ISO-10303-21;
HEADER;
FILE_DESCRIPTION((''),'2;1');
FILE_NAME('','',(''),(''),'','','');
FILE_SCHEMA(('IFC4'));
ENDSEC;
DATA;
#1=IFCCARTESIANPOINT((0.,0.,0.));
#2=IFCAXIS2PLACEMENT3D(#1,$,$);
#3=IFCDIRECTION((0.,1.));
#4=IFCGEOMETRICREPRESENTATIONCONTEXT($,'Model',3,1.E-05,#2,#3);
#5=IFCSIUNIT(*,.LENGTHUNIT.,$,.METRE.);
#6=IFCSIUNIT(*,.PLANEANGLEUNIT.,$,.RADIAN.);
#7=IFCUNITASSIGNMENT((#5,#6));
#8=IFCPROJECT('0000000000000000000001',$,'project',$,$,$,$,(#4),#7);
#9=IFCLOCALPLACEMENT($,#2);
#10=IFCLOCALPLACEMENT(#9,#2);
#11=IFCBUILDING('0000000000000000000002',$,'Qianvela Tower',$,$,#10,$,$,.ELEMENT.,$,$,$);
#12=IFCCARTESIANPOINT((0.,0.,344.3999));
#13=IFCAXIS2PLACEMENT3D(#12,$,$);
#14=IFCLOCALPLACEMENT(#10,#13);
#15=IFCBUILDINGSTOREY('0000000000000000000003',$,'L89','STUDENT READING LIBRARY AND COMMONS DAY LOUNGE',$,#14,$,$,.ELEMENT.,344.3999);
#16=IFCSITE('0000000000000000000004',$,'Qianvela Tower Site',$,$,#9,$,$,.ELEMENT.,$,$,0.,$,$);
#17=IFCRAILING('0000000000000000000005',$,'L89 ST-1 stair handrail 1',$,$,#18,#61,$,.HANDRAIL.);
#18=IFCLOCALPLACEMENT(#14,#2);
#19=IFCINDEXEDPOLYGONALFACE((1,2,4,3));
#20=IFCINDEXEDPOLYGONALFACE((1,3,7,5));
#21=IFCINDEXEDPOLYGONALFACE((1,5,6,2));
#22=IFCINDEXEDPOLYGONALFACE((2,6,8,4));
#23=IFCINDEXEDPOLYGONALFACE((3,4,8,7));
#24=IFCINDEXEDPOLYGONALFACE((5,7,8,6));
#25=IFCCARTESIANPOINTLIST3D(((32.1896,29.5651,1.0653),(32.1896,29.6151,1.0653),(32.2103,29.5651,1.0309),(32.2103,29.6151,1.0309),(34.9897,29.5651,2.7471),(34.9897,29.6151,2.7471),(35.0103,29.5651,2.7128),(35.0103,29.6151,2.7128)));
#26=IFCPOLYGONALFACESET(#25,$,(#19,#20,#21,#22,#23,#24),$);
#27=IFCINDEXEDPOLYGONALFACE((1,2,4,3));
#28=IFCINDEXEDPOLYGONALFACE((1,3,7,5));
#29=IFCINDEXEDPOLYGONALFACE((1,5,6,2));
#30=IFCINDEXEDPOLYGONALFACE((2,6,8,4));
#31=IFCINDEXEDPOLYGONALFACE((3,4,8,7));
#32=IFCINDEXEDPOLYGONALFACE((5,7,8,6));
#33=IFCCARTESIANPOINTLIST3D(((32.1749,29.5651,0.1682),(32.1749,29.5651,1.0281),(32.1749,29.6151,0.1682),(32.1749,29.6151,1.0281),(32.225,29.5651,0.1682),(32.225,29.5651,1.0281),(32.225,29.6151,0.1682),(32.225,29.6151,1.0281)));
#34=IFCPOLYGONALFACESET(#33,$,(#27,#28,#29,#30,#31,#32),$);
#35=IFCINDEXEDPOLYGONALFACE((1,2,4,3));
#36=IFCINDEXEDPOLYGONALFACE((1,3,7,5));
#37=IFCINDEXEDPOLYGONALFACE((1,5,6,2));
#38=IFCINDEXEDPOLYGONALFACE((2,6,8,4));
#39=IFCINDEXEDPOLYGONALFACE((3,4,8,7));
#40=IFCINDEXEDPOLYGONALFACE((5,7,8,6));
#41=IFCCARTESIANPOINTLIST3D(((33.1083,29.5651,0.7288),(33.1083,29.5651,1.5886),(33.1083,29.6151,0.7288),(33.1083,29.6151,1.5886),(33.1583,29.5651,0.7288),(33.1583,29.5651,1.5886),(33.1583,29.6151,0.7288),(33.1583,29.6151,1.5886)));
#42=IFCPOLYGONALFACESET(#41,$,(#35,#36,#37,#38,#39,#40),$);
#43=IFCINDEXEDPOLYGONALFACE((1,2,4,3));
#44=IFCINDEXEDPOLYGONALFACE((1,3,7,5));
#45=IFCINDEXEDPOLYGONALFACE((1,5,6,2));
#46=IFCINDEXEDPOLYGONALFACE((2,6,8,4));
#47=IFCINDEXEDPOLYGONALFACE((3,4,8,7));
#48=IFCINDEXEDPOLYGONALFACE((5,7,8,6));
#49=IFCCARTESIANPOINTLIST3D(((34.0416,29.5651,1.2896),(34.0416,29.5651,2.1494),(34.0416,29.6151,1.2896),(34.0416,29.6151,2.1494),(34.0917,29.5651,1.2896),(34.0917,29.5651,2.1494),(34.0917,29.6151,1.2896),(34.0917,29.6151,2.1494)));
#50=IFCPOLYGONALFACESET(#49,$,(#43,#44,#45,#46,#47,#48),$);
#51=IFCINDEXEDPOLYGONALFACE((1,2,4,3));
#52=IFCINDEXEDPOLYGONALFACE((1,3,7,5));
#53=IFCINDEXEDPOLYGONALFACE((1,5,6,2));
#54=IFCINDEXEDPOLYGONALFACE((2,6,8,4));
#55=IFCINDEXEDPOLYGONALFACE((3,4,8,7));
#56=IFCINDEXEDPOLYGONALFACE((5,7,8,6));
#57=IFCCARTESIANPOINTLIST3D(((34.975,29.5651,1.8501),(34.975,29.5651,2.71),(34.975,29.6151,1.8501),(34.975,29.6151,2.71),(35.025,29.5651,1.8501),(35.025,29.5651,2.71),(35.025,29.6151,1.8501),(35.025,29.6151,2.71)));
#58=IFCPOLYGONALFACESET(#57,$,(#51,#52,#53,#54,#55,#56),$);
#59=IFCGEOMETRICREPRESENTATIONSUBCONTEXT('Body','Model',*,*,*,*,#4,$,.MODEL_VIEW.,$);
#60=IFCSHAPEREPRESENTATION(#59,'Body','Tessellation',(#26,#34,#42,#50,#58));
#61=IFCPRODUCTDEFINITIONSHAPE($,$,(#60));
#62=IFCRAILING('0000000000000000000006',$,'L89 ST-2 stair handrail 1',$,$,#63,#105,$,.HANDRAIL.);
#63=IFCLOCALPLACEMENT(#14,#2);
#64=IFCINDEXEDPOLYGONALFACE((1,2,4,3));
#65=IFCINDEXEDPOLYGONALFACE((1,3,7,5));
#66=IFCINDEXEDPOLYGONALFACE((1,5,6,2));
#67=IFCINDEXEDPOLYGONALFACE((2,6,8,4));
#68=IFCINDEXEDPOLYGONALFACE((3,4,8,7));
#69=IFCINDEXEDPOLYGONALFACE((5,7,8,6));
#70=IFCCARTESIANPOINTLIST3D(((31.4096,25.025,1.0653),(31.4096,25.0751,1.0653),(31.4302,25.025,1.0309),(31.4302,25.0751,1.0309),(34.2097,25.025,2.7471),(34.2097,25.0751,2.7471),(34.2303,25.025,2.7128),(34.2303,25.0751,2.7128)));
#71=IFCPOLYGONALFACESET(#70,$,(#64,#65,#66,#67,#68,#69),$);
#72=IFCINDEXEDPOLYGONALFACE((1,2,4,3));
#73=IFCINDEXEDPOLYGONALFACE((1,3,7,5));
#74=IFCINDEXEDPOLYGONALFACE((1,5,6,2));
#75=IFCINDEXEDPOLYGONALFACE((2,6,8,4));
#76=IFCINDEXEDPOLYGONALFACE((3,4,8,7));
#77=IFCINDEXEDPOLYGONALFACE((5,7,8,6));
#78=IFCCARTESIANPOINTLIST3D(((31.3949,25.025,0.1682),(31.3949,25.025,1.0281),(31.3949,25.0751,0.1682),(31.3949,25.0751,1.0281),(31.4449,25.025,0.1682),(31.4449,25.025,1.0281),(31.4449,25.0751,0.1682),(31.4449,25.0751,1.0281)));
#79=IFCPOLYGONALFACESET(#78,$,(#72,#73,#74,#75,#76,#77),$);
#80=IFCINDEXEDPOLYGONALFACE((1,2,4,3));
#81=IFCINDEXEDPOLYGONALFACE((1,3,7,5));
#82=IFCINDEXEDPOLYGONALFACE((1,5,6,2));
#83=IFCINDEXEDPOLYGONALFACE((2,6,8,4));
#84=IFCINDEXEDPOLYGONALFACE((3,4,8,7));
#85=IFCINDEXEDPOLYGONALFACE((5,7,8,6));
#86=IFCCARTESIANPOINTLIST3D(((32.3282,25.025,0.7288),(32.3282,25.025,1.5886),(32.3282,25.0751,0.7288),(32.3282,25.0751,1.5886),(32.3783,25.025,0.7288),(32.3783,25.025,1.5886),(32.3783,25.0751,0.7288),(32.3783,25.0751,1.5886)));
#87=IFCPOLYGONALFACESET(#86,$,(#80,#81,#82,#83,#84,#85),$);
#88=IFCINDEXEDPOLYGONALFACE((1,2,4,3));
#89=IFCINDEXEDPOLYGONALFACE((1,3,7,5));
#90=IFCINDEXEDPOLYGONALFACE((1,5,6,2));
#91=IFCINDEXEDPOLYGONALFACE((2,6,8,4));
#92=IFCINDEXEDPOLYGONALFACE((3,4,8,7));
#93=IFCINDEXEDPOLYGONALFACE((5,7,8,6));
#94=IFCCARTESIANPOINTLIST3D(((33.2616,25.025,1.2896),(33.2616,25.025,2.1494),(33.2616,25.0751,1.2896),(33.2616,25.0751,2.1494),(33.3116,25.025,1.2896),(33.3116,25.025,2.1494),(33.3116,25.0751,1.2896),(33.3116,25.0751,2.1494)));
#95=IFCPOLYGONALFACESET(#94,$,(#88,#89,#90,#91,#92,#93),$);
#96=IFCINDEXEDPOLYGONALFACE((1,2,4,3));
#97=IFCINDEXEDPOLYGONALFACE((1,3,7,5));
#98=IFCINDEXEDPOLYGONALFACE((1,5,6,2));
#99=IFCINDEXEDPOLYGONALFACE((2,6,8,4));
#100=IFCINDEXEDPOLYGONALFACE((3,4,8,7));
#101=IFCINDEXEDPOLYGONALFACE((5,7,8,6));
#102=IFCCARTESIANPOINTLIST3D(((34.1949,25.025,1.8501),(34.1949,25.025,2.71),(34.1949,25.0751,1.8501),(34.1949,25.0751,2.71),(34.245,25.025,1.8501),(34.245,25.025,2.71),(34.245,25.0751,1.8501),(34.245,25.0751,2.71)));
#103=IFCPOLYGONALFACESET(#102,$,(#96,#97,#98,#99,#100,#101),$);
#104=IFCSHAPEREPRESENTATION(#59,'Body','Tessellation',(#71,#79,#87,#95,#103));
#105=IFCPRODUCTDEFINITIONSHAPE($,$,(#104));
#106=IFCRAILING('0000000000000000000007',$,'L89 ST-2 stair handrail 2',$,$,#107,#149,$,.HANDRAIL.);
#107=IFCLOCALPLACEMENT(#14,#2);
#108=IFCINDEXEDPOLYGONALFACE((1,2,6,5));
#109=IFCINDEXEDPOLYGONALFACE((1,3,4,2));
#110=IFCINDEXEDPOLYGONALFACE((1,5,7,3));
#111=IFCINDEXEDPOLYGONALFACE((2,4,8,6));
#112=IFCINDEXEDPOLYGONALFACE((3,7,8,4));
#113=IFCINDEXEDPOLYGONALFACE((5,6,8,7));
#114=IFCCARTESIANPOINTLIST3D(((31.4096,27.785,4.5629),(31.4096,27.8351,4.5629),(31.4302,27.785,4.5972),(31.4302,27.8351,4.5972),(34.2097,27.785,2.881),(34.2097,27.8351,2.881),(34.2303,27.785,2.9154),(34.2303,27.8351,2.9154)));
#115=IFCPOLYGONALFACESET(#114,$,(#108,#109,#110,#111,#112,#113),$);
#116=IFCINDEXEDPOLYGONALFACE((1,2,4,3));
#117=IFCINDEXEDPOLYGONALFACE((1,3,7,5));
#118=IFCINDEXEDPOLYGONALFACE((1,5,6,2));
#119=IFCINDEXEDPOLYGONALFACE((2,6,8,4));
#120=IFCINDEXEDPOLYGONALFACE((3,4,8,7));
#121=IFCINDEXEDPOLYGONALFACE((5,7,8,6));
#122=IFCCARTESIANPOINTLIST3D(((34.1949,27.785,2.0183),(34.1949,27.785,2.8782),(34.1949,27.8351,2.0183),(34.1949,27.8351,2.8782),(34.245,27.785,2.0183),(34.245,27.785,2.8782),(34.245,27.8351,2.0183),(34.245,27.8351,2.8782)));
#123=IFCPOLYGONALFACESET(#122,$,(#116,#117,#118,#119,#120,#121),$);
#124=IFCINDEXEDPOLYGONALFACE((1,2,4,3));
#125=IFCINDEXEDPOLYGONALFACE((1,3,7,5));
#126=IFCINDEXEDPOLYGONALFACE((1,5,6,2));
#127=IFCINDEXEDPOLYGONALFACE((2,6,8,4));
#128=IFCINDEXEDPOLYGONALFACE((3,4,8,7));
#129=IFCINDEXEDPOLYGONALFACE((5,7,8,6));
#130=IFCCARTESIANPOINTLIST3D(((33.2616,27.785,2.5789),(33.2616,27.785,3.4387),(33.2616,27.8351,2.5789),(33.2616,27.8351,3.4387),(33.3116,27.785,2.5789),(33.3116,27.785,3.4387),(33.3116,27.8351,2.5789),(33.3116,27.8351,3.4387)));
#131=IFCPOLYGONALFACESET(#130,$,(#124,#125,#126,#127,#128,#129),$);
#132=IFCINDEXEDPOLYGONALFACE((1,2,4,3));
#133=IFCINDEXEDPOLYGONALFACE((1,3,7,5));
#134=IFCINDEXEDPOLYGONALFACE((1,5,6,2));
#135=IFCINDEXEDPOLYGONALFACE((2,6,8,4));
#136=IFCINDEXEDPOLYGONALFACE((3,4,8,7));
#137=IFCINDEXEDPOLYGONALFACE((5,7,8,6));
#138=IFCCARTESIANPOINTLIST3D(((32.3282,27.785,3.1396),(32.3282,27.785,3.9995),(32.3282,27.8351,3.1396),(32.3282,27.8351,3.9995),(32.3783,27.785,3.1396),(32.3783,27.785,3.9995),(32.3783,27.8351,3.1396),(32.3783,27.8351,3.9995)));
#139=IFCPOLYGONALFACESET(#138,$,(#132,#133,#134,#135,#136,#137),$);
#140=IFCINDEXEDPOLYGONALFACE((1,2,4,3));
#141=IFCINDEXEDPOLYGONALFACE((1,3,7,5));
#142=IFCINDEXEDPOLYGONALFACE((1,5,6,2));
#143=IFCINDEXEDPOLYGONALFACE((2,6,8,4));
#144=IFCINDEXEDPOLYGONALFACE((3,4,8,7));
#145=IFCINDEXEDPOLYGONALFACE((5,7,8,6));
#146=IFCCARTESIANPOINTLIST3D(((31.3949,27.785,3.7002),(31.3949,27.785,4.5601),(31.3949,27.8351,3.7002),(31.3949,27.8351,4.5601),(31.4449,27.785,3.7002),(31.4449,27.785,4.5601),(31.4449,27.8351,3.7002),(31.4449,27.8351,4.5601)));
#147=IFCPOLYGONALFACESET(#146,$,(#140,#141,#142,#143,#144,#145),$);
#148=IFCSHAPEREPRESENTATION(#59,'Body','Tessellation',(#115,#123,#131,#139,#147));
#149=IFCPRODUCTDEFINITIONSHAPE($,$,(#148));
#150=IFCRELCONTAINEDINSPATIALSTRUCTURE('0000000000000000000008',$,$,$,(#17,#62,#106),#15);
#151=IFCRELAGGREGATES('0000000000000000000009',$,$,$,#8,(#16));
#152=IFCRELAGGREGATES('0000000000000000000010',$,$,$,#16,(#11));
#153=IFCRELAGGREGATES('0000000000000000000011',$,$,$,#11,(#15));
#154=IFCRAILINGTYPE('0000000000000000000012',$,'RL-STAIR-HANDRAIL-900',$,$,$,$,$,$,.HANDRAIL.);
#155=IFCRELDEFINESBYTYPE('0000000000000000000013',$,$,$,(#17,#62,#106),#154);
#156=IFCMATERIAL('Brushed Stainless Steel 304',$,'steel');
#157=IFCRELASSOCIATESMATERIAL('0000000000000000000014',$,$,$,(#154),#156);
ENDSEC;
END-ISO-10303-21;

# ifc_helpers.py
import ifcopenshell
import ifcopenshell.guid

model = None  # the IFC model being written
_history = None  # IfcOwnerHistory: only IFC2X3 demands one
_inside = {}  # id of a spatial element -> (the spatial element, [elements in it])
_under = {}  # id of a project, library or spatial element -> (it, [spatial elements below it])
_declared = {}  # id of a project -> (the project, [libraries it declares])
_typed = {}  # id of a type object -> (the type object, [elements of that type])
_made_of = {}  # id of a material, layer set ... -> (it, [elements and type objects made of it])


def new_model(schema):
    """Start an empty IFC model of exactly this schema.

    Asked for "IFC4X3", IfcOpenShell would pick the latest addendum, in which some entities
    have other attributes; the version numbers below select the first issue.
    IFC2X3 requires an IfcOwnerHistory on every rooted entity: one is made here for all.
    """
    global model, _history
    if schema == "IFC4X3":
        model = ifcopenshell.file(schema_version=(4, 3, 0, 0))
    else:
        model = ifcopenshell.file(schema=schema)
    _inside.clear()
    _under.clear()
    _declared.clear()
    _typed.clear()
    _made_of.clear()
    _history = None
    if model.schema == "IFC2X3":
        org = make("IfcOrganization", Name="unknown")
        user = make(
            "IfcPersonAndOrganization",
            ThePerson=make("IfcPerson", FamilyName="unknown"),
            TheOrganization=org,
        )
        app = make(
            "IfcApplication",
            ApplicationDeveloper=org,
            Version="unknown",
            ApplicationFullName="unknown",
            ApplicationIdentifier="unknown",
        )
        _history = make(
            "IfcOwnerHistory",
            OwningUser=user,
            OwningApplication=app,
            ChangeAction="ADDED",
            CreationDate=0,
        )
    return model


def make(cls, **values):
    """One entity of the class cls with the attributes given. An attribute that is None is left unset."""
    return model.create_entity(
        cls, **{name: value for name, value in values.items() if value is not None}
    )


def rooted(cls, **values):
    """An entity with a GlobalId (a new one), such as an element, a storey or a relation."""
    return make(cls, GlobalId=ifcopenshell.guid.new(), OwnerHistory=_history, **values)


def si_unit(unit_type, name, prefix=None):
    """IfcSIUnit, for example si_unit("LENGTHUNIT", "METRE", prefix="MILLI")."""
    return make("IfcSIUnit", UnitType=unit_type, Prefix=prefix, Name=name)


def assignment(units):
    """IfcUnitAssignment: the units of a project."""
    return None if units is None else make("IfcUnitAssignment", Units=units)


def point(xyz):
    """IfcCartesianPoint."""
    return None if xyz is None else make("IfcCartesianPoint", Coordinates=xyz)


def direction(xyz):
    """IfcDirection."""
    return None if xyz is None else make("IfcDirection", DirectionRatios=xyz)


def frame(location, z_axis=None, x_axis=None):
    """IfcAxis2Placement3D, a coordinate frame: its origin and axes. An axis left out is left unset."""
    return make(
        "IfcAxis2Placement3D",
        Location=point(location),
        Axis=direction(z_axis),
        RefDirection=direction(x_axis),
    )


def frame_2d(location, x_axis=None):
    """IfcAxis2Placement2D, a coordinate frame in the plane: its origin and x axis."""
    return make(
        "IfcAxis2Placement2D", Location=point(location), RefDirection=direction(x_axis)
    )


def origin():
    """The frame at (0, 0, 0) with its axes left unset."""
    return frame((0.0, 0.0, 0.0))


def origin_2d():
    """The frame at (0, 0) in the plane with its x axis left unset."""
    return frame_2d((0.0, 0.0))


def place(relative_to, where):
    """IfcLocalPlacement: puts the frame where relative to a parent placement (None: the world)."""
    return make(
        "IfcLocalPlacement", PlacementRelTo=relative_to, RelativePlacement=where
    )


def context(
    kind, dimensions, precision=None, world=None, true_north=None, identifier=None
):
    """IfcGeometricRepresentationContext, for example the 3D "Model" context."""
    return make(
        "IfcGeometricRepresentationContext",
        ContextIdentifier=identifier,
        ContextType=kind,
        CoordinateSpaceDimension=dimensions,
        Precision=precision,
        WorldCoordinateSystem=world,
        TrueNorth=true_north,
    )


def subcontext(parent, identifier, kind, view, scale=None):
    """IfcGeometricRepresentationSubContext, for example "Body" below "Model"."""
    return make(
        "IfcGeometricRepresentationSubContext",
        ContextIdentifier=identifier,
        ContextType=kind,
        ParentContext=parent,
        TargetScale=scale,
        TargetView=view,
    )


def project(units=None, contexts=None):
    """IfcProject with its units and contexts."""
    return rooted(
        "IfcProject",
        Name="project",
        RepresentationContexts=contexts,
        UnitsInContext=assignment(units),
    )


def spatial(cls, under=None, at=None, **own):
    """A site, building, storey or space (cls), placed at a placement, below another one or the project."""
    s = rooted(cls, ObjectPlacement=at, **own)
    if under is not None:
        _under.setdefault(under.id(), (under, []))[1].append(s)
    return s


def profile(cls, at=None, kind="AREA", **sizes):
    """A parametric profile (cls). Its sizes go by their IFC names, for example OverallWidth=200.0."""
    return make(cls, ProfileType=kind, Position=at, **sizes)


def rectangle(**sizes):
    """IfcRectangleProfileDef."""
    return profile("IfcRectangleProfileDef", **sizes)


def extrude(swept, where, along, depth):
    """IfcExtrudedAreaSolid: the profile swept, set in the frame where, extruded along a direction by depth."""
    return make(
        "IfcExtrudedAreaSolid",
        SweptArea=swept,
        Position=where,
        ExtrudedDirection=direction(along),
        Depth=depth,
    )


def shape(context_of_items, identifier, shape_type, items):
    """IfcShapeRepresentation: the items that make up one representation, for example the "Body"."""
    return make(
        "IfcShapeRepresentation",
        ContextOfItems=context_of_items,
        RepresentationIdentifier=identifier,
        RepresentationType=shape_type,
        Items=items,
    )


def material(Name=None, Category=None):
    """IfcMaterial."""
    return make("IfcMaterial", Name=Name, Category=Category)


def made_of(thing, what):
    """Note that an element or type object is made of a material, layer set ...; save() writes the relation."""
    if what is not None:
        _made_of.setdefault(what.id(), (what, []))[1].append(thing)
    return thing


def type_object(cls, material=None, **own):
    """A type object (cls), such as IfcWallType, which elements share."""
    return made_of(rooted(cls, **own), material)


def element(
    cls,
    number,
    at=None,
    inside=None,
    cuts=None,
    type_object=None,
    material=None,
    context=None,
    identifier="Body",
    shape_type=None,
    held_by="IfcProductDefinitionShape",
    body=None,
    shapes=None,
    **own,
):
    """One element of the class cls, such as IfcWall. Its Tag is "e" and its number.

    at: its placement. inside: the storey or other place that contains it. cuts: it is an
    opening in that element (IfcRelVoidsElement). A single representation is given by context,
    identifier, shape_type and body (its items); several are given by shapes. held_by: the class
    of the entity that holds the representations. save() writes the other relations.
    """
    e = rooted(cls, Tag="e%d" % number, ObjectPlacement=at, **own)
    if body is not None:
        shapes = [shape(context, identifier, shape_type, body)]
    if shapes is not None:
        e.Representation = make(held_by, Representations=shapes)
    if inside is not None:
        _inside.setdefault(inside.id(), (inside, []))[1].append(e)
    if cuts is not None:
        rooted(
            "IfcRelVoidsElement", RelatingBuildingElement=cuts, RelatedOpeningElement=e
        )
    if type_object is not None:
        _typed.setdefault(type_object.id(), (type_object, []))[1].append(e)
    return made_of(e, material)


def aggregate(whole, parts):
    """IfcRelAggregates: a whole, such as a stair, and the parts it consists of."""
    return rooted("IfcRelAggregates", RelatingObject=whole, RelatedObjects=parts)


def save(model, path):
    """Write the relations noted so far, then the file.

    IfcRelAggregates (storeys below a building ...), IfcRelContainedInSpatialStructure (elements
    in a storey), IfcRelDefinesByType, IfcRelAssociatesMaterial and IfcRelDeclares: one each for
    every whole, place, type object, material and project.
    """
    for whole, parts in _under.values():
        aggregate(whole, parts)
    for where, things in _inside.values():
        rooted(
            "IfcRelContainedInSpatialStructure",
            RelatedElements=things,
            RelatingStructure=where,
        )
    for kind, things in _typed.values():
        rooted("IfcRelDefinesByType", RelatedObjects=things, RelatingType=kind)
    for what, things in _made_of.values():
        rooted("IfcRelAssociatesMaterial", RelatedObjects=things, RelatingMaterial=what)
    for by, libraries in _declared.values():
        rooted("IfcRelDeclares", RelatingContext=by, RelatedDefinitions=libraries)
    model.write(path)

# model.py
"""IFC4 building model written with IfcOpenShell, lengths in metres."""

from ifc_helpers import new_model, si_unit, direction, frame, origin, origin_2d, place, context, subcontext, project, spatial, rectangle, extrude, material, type_object, element, save


model = new_model("IFC4")

# Units and contexts
model_context = context("Model", 3, precision=1e-05, world=origin(), true_north=direction((0.0, 1.0)))
body_context = subcontext(model_context, "Body", "Model", "MODEL_VIEW")
ifc_project = project(units=[si_unit("LENGTHUNIT", "METRE"), si_unit("PLANEANGLEUNIT", "RADIAN")], contexts=[model_context])

# Site, building, storey
site_placement = place(None, origin())
site = spatial("IfcSite", under=ifc_project, at=site_placement, Name="Qianvela Tower Site", CompositionType="ELEMENT", RefElevation=0.0)
building_placement = place(site_placement, origin())
building = spatial("IfcBuilding", under=site, at=building_placement, Name="Qianvela Tower", CompositionType="ELEMENT")
storey_placement = place(building_placement, frame((0.0, 0.0, 344.3999)))
storey = spatial("IfcBuildingStorey", under=building, at=storey_placement, Name="L89", Description="STUDENT READING LIBRARY AND COMMONS DAY LOUNGE", CompositionType="ELEMENT", Elevation=344.3999)

# Railings
ifc_material_1 = material(Name="Brushed Stainless Steel 304", Category="steel")
railing_type_1 = type_object("IfcRailingType", Name="RL-STAIR-HANDRAIL-900", PredefinedType="HANDRAIL", material=ifc_material_1)
for number, where, name in (
    (1, (32.2, 29.5901, 0.1682), "L89 ST-1 stair handrail 1"),
    (2, (31.4199, 25.05, 0.1682), "L89 ST-2 stair handrail 1"),
):
    element("IfcRailing", number, at=place(storey_placement, frame(where)), inside=storey, type_object=railing_type_1, Name=name, PredefinedType="HANDRAIL", context=body_context, shape_type="SweptSolid", body=[
        extrude(rectangle(XDim=0.05, YDim=0.04, at=origin_2d()), frame((0.0, 0.0, 0.8799), z_axis=(0.857242, 0.0, 0.514913), x_axis=(0.0, 1.0, 0.0)), (0.0, 0.0, 1.0), 3.2664),
        extrude(rectangle(XDim=0.05, YDim=0.05, at=origin_2d()), origin(), (0.0, 0.0, 1.0), 0.8599),
        extrude(rectangle(XDim=0.05, YDim=0.05, at=origin_2d()), frame((0.9333, 0.0, 0.5605)), (0.0, 0.0, 1.0), 0.8599),
        extrude(rectangle(XDim=0.05, YDim=0.05, at=origin_2d()), frame((1.8667, 0.0, 1.1213)), (0.0, 0.0, 1.0), 0.8599),
        extrude(rectangle(XDim=0.05, YDim=0.05, at=origin_2d()), frame((2.8, 0.0, 1.6819)), (0.0, 0.0, 1.0), 0.8599),
    ])
railing_1_placement = place(storey_placement, frame((34.22, 27.8101, 2.0183)))
element("IfcRailing", 3, at=railing_1_placement, inside=storey, type_object=railing_type_1, Name="L89 ST-2 stair handrail 2", PredefinedType="HANDRAIL", context=body_context, shape_type="SweptSolid", body=[
    extrude(rectangle(XDim=0.05, YDim=0.04, at=origin_2d()), frame((0.0, 0.0, 0.8799), z_axis=(-0.857242, 0.0, 0.514913), x_axis=(0.0, -1.0, 0.0)), (0.0, 0.0, 1.0), 3.2664),
    extrude(rectangle(XDim=0.05, YDim=0.05, at=origin_2d()), origin(), (0.0, 0.0, 1.0), 0.8599),
    extrude(rectangle(XDim=0.05, YDim=0.05, at=origin_2d()), frame((-0.9333, 0.0, 0.5605)), (0.0, 0.0, 1.0), 0.8599),
    extrude(rectangle(XDim=0.05, YDim=0.05, at=origin_2d()), frame((-1.8667, 0.0, 1.1213)), (0.0, 0.0, 1.0), 0.8599),
    extrude(rectangle(XDim=0.05, YDim=0.05, at=origin_2d()), frame((-2.8, 0.0, 1.6819)), (0.0, 0.0, 1.0), 0.8599),
])

save(model, "model.ifc")
